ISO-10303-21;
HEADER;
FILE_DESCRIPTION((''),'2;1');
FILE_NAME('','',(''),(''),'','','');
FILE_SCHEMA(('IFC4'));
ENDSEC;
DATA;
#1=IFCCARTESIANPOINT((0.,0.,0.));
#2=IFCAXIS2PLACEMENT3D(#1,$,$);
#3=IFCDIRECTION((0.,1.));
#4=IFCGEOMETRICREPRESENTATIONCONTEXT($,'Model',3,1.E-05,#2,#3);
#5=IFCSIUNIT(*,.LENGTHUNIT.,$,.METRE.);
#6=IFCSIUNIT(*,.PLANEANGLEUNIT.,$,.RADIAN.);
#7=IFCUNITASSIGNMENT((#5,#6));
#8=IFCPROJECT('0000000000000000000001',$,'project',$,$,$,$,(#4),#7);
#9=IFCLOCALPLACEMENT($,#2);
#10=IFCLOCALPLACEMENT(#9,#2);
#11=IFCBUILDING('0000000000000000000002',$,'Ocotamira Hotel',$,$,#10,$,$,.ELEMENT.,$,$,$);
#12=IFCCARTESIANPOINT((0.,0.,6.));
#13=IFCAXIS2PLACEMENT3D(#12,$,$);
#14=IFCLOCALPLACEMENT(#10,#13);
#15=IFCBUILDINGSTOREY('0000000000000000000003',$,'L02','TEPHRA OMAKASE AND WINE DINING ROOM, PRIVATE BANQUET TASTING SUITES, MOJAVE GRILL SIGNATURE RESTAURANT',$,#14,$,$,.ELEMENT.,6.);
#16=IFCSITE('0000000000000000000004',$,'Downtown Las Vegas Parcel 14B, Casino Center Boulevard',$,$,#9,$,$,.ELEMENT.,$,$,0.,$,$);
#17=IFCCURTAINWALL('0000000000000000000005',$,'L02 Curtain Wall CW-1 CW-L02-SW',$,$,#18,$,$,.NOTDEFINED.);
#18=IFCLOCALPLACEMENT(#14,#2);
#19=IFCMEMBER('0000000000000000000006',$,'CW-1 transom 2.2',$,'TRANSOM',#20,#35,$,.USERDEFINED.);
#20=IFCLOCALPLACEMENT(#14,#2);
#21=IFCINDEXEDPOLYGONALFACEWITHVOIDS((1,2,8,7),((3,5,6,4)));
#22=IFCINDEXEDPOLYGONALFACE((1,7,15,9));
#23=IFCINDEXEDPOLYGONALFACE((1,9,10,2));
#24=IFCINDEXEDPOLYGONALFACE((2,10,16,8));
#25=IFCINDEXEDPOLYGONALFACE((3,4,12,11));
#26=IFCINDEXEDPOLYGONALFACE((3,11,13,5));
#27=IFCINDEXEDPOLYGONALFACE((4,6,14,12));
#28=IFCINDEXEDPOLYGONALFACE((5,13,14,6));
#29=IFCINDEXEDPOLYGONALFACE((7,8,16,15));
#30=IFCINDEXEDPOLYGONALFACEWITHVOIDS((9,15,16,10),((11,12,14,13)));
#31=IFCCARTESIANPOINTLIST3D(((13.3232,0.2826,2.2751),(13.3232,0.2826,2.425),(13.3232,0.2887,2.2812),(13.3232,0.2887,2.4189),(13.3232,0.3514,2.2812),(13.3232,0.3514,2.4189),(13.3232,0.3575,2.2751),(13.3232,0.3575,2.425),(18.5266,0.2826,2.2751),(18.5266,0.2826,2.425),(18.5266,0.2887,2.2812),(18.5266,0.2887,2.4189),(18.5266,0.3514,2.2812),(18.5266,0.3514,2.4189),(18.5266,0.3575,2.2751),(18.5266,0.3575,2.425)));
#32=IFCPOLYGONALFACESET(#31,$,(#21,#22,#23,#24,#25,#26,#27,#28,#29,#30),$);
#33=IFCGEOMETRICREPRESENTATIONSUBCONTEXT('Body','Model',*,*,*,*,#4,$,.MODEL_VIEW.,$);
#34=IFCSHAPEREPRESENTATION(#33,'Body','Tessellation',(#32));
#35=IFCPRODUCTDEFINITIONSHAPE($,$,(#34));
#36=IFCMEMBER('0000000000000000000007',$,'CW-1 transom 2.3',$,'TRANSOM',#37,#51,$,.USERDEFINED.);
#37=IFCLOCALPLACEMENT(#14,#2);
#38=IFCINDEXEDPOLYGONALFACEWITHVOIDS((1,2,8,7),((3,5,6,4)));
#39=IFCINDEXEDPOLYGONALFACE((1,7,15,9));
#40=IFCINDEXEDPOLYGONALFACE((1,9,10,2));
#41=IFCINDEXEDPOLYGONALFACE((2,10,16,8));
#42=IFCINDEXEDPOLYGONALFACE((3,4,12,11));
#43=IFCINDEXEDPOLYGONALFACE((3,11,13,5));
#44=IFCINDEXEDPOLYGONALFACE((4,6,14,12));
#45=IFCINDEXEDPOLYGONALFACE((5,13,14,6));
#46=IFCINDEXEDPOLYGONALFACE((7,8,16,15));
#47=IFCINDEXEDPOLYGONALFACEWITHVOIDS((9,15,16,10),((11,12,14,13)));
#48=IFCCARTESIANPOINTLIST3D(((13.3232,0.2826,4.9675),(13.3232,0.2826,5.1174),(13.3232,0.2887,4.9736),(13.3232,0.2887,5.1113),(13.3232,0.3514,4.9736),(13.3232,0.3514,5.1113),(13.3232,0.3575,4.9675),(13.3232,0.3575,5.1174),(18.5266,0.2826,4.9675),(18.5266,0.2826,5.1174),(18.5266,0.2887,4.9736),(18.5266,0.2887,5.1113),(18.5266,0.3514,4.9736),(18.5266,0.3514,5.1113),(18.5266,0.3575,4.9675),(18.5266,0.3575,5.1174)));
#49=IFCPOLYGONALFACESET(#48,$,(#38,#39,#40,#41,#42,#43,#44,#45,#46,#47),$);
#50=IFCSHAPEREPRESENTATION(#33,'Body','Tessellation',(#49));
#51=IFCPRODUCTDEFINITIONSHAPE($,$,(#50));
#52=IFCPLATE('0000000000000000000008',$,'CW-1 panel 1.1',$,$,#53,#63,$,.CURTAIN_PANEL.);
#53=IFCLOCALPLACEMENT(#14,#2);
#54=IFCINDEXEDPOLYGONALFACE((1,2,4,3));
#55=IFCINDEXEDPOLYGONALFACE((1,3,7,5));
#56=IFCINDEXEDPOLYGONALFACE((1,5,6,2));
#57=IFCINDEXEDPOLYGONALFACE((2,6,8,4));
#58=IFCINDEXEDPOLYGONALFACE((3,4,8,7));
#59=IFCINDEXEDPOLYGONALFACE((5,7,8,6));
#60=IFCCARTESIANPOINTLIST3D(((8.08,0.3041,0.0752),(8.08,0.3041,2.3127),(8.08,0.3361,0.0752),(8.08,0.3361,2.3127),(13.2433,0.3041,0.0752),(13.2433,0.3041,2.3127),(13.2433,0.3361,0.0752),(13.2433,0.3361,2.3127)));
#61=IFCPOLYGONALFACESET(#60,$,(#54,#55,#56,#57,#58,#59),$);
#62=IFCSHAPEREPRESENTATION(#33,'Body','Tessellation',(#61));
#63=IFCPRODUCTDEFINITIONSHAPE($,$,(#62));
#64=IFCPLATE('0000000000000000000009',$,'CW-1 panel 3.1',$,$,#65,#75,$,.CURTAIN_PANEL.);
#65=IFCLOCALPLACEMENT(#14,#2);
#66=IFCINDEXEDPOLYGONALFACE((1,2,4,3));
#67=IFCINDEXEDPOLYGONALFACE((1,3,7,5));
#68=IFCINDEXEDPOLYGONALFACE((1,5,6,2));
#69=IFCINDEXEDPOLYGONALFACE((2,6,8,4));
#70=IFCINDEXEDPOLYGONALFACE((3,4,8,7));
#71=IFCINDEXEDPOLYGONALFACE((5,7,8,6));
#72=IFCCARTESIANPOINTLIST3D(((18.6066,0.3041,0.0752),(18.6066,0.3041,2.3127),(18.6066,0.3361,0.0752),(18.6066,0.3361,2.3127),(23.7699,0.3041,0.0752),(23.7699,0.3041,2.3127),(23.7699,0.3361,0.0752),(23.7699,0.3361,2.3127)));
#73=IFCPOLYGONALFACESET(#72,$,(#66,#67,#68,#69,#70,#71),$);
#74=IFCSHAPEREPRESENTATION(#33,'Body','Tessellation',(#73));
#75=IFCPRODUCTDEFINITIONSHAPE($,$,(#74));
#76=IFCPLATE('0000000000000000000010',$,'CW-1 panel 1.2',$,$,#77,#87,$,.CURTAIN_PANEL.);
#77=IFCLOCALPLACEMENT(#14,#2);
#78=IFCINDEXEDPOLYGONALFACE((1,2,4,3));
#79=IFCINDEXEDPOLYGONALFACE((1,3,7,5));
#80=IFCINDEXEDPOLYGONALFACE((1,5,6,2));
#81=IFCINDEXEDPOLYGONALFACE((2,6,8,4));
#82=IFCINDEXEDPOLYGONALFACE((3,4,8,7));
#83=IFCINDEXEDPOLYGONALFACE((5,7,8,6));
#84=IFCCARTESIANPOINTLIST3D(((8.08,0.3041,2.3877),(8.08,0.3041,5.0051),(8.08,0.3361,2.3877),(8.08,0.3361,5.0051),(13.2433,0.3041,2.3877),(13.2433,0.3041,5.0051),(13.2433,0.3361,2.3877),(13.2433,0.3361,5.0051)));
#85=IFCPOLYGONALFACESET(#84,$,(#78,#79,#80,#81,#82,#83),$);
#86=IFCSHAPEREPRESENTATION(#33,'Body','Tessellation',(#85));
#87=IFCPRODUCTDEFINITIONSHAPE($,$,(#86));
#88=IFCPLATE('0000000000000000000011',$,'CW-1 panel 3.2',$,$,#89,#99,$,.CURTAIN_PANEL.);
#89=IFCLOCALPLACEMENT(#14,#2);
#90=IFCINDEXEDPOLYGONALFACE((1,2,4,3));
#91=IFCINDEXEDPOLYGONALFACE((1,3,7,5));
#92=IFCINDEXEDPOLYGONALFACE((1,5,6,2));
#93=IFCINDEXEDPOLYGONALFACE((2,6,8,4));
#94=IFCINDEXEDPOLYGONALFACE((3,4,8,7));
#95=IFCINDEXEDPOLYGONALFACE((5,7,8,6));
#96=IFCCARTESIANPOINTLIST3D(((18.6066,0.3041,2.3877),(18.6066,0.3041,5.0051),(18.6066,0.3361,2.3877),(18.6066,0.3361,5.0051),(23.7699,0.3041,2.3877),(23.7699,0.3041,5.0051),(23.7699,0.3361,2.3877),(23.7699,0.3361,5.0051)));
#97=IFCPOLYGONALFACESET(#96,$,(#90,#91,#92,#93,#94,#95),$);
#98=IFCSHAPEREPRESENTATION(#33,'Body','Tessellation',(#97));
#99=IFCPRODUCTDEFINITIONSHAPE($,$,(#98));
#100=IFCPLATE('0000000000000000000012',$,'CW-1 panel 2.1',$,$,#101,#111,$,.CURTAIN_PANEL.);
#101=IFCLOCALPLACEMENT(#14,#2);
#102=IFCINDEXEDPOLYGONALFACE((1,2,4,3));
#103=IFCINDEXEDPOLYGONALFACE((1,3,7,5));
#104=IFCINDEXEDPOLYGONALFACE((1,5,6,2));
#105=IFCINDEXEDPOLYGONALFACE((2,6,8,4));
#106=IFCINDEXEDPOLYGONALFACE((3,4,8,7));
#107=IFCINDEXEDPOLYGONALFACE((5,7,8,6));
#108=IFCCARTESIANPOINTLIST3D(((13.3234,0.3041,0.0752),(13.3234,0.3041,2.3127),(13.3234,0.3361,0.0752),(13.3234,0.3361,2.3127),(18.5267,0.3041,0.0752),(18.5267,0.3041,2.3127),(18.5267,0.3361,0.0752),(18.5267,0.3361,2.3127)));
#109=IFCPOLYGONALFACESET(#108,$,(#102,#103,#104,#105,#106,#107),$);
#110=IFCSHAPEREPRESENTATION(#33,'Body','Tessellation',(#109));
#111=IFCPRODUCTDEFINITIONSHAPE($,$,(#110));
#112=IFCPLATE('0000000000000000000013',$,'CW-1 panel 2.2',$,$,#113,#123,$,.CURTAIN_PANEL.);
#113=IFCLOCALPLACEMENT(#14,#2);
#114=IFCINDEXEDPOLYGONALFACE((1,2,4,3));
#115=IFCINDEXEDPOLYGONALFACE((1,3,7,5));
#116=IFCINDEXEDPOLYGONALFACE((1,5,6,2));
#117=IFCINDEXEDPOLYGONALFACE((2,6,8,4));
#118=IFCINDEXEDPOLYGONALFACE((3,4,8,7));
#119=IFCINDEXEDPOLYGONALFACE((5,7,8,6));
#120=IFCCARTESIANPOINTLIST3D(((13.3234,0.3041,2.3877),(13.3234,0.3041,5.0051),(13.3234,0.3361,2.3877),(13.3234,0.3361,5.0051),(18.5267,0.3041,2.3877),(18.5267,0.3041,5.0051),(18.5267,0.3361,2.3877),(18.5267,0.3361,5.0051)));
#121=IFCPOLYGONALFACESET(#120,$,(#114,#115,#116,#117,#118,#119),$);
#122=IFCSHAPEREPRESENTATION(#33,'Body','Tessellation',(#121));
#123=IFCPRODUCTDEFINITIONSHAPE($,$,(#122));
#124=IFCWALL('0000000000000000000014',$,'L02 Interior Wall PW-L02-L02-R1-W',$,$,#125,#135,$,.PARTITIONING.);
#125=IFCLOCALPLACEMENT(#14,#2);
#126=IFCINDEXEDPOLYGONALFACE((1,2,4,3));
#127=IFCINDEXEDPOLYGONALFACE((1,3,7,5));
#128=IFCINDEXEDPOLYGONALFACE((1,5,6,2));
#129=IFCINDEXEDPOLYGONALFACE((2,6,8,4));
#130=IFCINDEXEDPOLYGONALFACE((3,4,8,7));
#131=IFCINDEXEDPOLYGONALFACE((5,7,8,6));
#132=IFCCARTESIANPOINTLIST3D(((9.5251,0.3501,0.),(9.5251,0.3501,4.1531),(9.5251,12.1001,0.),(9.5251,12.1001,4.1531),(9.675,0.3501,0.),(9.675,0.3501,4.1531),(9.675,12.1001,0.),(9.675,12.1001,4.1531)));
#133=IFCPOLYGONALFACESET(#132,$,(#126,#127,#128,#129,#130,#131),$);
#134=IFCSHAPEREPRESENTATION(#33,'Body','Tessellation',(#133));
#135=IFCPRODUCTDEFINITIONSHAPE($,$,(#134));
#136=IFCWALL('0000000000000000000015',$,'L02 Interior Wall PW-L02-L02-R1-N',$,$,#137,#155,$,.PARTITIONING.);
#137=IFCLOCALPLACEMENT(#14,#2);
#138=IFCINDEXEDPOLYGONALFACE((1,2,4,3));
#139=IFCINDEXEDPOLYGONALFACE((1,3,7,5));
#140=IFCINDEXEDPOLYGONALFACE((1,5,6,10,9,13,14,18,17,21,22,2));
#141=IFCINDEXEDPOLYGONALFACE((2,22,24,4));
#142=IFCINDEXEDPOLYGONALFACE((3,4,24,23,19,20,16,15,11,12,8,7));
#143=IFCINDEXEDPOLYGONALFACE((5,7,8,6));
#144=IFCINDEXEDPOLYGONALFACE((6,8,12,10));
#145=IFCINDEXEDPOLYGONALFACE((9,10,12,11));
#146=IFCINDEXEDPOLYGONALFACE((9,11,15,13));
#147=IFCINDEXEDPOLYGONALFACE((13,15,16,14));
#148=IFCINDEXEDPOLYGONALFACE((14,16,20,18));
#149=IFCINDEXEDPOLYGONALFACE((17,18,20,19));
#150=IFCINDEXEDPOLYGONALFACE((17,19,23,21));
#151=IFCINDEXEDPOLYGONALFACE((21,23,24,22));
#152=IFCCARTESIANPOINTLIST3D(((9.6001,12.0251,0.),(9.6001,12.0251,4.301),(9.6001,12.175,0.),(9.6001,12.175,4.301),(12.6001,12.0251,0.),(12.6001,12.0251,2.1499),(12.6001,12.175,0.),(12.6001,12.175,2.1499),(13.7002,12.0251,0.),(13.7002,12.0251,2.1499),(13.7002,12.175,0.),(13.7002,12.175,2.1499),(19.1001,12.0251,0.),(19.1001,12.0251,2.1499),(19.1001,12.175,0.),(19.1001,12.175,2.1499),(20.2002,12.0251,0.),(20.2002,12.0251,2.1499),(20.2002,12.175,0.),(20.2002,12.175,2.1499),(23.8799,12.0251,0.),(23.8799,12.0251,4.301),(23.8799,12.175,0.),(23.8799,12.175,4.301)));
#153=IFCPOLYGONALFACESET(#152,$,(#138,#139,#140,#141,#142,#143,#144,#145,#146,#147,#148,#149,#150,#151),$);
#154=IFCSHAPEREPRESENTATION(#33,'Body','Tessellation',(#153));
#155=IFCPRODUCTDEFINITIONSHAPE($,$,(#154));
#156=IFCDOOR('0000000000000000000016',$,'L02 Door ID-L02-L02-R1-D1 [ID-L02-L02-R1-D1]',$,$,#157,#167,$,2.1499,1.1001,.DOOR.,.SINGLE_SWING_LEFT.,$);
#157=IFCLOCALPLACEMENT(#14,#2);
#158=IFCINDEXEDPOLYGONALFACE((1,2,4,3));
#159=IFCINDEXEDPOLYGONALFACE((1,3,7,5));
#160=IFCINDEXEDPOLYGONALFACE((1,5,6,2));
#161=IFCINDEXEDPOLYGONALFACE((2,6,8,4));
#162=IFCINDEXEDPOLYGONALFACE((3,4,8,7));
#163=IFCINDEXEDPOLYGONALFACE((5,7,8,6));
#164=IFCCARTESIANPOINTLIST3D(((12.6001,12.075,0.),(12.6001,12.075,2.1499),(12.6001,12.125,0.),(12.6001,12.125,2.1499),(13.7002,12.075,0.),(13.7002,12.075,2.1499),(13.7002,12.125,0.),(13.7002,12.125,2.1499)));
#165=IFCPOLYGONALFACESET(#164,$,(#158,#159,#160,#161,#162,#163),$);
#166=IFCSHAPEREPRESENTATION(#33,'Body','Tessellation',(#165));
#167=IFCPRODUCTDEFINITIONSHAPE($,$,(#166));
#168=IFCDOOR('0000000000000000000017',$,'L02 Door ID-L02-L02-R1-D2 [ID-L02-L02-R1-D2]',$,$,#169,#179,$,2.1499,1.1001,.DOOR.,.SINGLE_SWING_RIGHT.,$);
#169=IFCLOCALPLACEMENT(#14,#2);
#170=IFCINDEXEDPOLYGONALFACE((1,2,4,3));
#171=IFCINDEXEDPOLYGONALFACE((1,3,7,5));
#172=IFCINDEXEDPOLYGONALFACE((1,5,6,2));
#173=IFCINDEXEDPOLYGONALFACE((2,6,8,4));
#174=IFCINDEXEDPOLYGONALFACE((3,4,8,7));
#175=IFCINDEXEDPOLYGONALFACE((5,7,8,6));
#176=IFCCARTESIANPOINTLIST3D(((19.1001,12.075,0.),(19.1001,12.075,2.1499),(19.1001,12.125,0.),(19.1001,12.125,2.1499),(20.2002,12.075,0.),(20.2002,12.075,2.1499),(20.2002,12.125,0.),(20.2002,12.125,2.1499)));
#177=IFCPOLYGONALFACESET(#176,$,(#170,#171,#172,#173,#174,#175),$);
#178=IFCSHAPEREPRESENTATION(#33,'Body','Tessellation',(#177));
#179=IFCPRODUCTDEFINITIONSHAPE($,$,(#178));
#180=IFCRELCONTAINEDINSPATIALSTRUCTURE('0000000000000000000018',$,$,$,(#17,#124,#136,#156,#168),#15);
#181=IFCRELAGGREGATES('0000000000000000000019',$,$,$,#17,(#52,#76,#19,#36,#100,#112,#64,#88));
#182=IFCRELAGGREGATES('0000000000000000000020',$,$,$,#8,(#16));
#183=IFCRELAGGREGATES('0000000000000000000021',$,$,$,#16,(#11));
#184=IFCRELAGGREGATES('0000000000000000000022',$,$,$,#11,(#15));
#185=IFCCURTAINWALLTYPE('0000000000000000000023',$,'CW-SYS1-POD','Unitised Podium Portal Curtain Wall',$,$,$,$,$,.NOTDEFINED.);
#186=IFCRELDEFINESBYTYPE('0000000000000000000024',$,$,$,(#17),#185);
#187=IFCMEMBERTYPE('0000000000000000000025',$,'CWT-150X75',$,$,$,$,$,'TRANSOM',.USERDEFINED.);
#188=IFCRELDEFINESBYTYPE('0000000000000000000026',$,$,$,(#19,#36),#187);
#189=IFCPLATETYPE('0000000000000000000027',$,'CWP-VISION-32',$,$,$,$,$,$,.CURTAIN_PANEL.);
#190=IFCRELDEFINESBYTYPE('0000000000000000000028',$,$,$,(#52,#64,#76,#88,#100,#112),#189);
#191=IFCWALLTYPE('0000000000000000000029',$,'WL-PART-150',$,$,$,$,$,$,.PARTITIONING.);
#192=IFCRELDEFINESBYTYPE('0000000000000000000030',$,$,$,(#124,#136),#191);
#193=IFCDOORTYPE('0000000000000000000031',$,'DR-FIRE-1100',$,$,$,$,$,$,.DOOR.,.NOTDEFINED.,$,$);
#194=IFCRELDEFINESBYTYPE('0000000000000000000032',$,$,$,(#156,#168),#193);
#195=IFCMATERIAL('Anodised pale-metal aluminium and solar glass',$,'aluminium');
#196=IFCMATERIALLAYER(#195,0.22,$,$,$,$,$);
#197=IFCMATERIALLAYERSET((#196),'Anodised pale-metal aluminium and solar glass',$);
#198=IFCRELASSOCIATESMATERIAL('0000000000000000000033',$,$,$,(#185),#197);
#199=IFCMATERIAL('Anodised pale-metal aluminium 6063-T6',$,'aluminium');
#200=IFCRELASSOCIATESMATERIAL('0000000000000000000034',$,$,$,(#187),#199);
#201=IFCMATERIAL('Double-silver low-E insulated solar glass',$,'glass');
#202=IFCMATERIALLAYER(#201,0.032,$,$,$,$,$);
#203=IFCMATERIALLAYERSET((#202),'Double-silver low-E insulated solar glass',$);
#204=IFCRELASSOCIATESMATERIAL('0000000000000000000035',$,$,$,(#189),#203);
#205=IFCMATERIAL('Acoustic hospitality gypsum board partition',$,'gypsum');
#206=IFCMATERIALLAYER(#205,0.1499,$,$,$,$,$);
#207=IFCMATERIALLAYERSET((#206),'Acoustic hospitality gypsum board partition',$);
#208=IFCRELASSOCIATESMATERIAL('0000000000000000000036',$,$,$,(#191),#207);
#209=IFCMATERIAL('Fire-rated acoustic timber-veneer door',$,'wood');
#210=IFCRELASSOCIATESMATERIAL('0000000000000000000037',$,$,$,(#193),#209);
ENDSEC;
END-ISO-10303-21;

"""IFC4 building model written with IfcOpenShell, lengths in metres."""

from ifc_helpers import new_model, si_unit, direction, frame, frame_2d, origin, origin_2d, place, context, subcontext, project, spatial, rectangle, hollow_rectangle, extrude, source, transform, mapped, material, layer, layer_set, material_profile, profile_set, type_object, element, fill, aggregate, save


model = new_model("IFC4")

# Units and contexts
model_context = context("Model", 3, precision=1e-05, world=origin(), true_north=direction((0.0, 1.0)))
body_context = subcontext(model_context, "Body", "Model", "MODEL_VIEW")
ifc_project = project(units=[si_unit("LENGTHUNIT", "METRE"), si_unit("PLANEANGLEUNIT", "RADIAN")], contexts=[model_context])

# Site, building, storey
site_placement = place(None, origin())
site = spatial("IfcSite", under=ifc_project, at=site_placement, Name="Downtown Las Vegas Parcel 14B, Casino Center Boulevard", CompositionType="ELEMENT", RefElevation=0.0)
building_placement = place(site_placement, origin())
building = spatial("IfcBuilding", under=site, at=building_placement, Name="Ocotamira Hotel", CompositionType="ELEMENT")
storey_placement = place(building_placement, frame((0.0, 0.0, 6.0)))
storey = spatial("IfcBuildingStorey", under=building, at=storey_placement, Name="L02", Description="TEPHRA OMAKASE AND WINE DINING ROOM, PRIVATE BANQUET TASTING SUITES, MOJAVE GRILL SIGNATURE RESTAURANT", CompositionType="ELEMENT", Elevation=6.0)

# Curtain wall, members, plates
ifc_material_1 = material(Name="Anodised pale-metal aluminium and solar glass", Category="aluminium")
ifc_layer_1 = layer(ifc_material_1, 0.22)
ifc_layer_set_1 = layer_set([ifc_layer_1], Name="Anodised pale-metal aluminium and solar glass")
curtain_wall_type = type_object("IfcCurtainWallType", Name="CW-SYS1-POD", Description="Unitised Podium Portal Curtain Wall", PredefinedType="NOTDEFINED", material=ifc_layer_set_1)
curtain_wall_placement = place(storey_placement, origin())
curtain_wall = element("IfcCurtainWall", 1, at=curtain_wall_placement, inside=storey, type_object=curtain_wall_type, Name="L02 Curtain Wall CW-1 CW-L02-SW", PredefinedType="NOTDEFINED")
ifc_material_2 = material(Name="Anodised pale-metal aluminium 6063-T6", Category="aluminium")
ifc_material_profile_1 = material_profile(ifc_material_2, hollow_rectangle(XDim=0.075, YDim=0.1499, WallThickness=0.0061, at=origin_2d()), Name="HSS150X75X6")
ifc_profile_set_1 = profile_set([ifc_material_profile_1], Name="Anodised pale-metal aluminium 6063-T6")
member_type_1 = type_object("IfcMemberType", Name="CWT-150X75", ElementType="TRANSOM", PredefinedType="USERDEFINED", material=ifc_profile_set_1)
shared_shape_1 = source(origin(), body_context, "Body", "SweptSolid", [
    extrude(hollow_rectangle(XDim=0.075, YDim=0.1499, WallThickness=0.0061, at=origin_2d()), origin(), (0.0, 0.0, 1.0), 5.2034),
])
member_1_placement = place(storey_placement, frame((13.3232, 0.3201, 2.3501), z_axis=(1.0, 0.0, 0.0), x_axis=(0.0, 1.0, 0.0)))
member_1 = element("IfcMember", 2, at=member_1_placement, type_object=member_type_1, Name="CW-1 transom 2.2", ObjectType="TRANSOM", PredefinedType="USERDEFINED", context=body_context, shape_type="MappedRepresentation", body=[
    mapped(shared_shape_1, transform((0.0, 0.0, 0.0), scale=1.0)),
])
member_2_placement = place(storey_placement, frame((13.3232, 0.3201, 5.0425), z_axis=(1.0, 0.0, 0.0), x_axis=(0.0, 1.0, 0.0)))
member_2 = element("IfcMember", 3, at=member_2_placement, type_object=member_type_1, Name="CW-1 transom 2.3", ObjectType="TRANSOM", PredefinedType="USERDEFINED", context=body_context, shape_type="MappedRepresentation", body=[
    mapped(shared_shape_1, transform((0.0, 0.0, 0.0), scale=1.0)),
])
ifc_material_3 = material(Name="Double-silver low-E insulated solar glass", Category="glass")
ifc_layer_2 = layer(ifc_material_3, 0.032)
ifc_layer_set_2 = layer_set([ifc_layer_2], Name="Double-silver low-E insulated solar glass")
plate_type = type_object("IfcPlateType", Name="CWP-VISION-32", PredefinedType="CURTAIN_PANEL", material=ifc_layer_set_2)
shared_shape_2 = source(origin(), body_context, "Body", "SweptSolid", [
    extrude(rectangle(XDim=5.1633, YDim=0.032, at=origin_2d()), origin(), (0.0, 0.0, 1.0), 2.2375),
])
plate_1_placement = place(storey_placement, frame((10.6616, 0.3201, 0.0752), z_axis=(0.0, 0.0, 1.0), x_axis=(1.0, 0.0, 0.0)))
plate_1 = element("IfcPlate", 4, at=plate_1_placement, type_object=plate_type, Name="CW-1 panel 1.1", PredefinedType="CURTAIN_PANEL", context=body_context, shape_type="MappedRepresentation", body=[
    mapped(shared_shape_2, transform((0.0, 0.0, 0.0), scale=1.0)),
])
plate_2_placement = place(storey_placement, frame((21.1882, 0.3201, 0.0752), z_axis=(0.0, 0.0, 1.0), x_axis=(1.0, 0.0, 0.0)))
plate_2 = element("IfcPlate", 5, at=plate_2_placement, type_object=plate_type, Name="CW-1 panel 3.1", PredefinedType="CURTAIN_PANEL", context=body_context, shape_type="MappedRepresentation", body=[
    mapped(shared_shape_2, transform((0.0, 0.0, 0.0), scale=1.0)),
])
shared_shape_3 = source(origin(), body_context, "Body", "SweptSolid", [
    extrude(rectangle(XDim=5.1633, YDim=0.032, at=origin_2d()), origin(), (0.0, 0.0, 1.0), 2.6174),
])
plate_3_placement = place(storey_placement, frame((10.6616, 0.3201, 2.3877), z_axis=(0.0, 0.0, 1.0), x_axis=(1.0, 0.0, 0.0)))
plate_3 = element("IfcPlate", 6, at=plate_3_placement, type_object=plate_type, Name="CW-1 panel 1.2", PredefinedType="CURTAIN_PANEL", context=body_context, shape_type="MappedRepresentation", body=[
    mapped(shared_shape_3, transform((0.0, 0.0, 0.0), scale=1.0)),
])
plate_4_placement = place(storey_placement, frame((21.1882, 0.3201, 2.3877), z_axis=(0.0, 0.0, 1.0), x_axis=(1.0, 0.0, 0.0)))
plate_4 = element("IfcPlate", 7, at=plate_4_placement, type_object=plate_type, Name="CW-1 panel 3.2", PredefinedType="CURTAIN_PANEL", context=body_context, shape_type="MappedRepresentation", body=[
    mapped(shared_shape_3, transform((0.0, 0.0, 0.0), scale=1.0)),
])
shared_shape_4 = source(origin(), body_context, "Body", "SweptSolid", [
    extrude(rectangle(XDim=5.2034, YDim=0.032, at=origin_2d()), origin(), (0.0, 0.0, 1.0), 2.2375),
])
plate_5_placement = place(storey_placement, frame((15.925, 0.3201, 0.0752), z_axis=(0.0, 0.0, 1.0), x_axis=(1.0, 0.0, 0.0)))
plate_5 = element("IfcPlate", 8, at=plate_5_placement, type_object=plate_type, Name="CW-1 panel 2.1", PredefinedType="CURTAIN_PANEL", context=body_context, shape_type="MappedRepresentation", body=[
    mapped(shared_shape_4, transform((0.0, 0.0, 0.0), scale=1.0)),
])
shared_shape_5 = source(origin(), body_context, "Body", "SweptSolid", [
    extrude(rectangle(XDim=5.2034, YDim=0.032, at=origin_2d()), origin(), (0.0, 0.0, 1.0), 2.6174),
])
plate_6_placement = place(storey_placement, frame((15.925, 0.3201, 2.3877), z_axis=(0.0, 0.0, 1.0), x_axis=(1.0, 0.0, 0.0)))
plate_6 = element("IfcPlate", 9, at=plate_6_placement, type_object=plate_type, Name="CW-1 panel 2.2", PredefinedType="CURTAIN_PANEL", context=body_context, shape_type="MappedRepresentation", body=[
    mapped(shared_shape_5, transform((0.0, 0.0, 0.0), scale=1.0)),
])
aggregate(curtain_wall, [plate_1, plate_3, member_1, member_2, plate_5, plate_6, plate_2, plate_4])

# Wall
ifc_material_4 = material(Name="Acoustic hospitality gypsum board partition", Category="gypsum")
ifc_layer_3 = layer(ifc_material_4, 0.1499)
ifc_layer_set_3 = layer_set([ifc_layer_3], Name="Acoustic hospitality gypsum board partition")
wall_type = type_object("IfcWallType", Name="WL-PART-150", PredefinedType="PARTITIONING", material=ifc_layer_set_3)
wall_1_placement = place(storey_placement, frame((9.6001, 0.3501, 0.0), z_axis=(0.0, 0.0, 1.0), x_axis=(0.0, 1.0, 0.0)))
element("IfcWall", 10, at=wall_1_placement, inside=storey, type_object=wall_type, Name="L02 Interior Wall PW-L02-L02-R1-W", PredefinedType="PARTITIONING", context=body_context, shape_type="SweptSolid", body=[
    extrude(rectangle(XDim=11.75, YDim=0.1499, at=frame_2d((5.875, 0.0))), origin(), (0.0, 0.0, 1.0), 4.1531),
])

# Wall, openings, doors
wall_2_placement = place(storey_placement, frame((9.6001, 12.1001, 0.0), z_axis=(0.0, 0.0, 1.0), x_axis=(1.0, 0.0, 0.0)))
wall_2 = element("IfcWall", 11, at=wall_2_placement, inside=storey, type_object=wall_type, Name="L02 Interior Wall PW-L02-L02-R1-N", PredefinedType="PARTITIONING", context=body_context, shape_type="SweptSolid", body=[
    extrude(rectangle(XDim=14.2798, YDim=0.1499, at=frame_2d((7.1399, 0.0))), origin(), (0.0, 0.0, 1.0), 4.301),
])
opening_1_placement = place(wall_2_placement, frame((3.0, 0.0, 0.0)))
opening_1 = element("IfcOpeningElement", 12, at=opening_1_placement, cuts=wall_2, PredefinedType="OPENING", context=body_context, shape_type="SweptSolid", body=[
    extrude(rectangle(XDim=1.1001, YDim=2.1499, at=frame_2d((0.55, 1.075))), frame((0.0, 0.085, 0.0), z_axis=(0.0, -1.0, 0.0), x_axis=(1.0, 0.0, 0.0)), (0.0, 0.0, 1.0), 0.1699),
])
opening_2_placement = place(wall_2_placement, frame((9.5, 0.0, 0.0)))
opening_2 = element("IfcOpeningElement", 13, at=opening_2_placement, cuts=wall_2, PredefinedType="OPENING", context=body_context, shape_type="SweptSolid", body=[
    extrude(rectangle(XDim=1.1001, YDim=2.1499, at=frame_2d((0.55, 1.075))), frame((0.0, 0.085, 0.0), z_axis=(0.0, -1.0, 0.0), x_axis=(1.0, 0.0, 0.0)), (0.0, 0.0, 1.0), 0.1699),
])
ifc_material_5 = material(Name="Fire-rated acoustic timber-veneer door", Category="wood")
door_type = type_object("IfcDoorType", Name="DR-FIRE-1100", OperationType="NOTDEFINED", PredefinedType="DOOR", material=ifc_material_5)
shared_shape_6 = source(origin(), body_context, "Body", "SweptSolid", [
    extrude(rectangle(XDim=1.1001, YDim=2.1499, at=frame_2d((0.55, 1.075))), frame((0.0, 0.0249, 0.0), z_axis=(0.0, -1.0, 0.0), x_axis=(1.0, 0.0, 0.0)), (0.0, 0.0, 1.0), 0.05),
])
door_1_placement = place(opening_1_placement, origin())
door_1 = element("IfcDoor", 14, at=door_1_placement, inside=storey, type_object=door_type, Name="L02 Door ID-L02-L02-R1-D1 [ID-L02-L02-R1-D1]", OperationType="SINGLE_SWING_LEFT", OverallHeight=2.1499, OverallWidth=1.1001, PredefinedType="DOOR", context=body_context, shape_type="MappedRepresentation", body=[
    mapped(shared_shape_6, transform((0.0, 0.0, 0.0), scale=1.0)),
])
fill(opening_1, door_1)
door_2_placement = place(opening_2_placement, origin())
door_2 = element("IfcDoor", 15, at=door_2_placement, inside=storey, type_object=door_type, Name="L02 Door ID-L02-L02-R1-D2 [ID-L02-L02-R1-D2]", OperationType="SINGLE_SWING_RIGHT", OverallHeight=2.1499, OverallWidth=1.1001, PredefinedType="DOOR", context=body_context, shape_type="MappedRepresentation", body=[
    mapped(shared_shape_6, transform((0.0, 0.0, 0.0), scale=1.0)),
])
fill(opening_2, door_2)

save(model, "model.ifc")
